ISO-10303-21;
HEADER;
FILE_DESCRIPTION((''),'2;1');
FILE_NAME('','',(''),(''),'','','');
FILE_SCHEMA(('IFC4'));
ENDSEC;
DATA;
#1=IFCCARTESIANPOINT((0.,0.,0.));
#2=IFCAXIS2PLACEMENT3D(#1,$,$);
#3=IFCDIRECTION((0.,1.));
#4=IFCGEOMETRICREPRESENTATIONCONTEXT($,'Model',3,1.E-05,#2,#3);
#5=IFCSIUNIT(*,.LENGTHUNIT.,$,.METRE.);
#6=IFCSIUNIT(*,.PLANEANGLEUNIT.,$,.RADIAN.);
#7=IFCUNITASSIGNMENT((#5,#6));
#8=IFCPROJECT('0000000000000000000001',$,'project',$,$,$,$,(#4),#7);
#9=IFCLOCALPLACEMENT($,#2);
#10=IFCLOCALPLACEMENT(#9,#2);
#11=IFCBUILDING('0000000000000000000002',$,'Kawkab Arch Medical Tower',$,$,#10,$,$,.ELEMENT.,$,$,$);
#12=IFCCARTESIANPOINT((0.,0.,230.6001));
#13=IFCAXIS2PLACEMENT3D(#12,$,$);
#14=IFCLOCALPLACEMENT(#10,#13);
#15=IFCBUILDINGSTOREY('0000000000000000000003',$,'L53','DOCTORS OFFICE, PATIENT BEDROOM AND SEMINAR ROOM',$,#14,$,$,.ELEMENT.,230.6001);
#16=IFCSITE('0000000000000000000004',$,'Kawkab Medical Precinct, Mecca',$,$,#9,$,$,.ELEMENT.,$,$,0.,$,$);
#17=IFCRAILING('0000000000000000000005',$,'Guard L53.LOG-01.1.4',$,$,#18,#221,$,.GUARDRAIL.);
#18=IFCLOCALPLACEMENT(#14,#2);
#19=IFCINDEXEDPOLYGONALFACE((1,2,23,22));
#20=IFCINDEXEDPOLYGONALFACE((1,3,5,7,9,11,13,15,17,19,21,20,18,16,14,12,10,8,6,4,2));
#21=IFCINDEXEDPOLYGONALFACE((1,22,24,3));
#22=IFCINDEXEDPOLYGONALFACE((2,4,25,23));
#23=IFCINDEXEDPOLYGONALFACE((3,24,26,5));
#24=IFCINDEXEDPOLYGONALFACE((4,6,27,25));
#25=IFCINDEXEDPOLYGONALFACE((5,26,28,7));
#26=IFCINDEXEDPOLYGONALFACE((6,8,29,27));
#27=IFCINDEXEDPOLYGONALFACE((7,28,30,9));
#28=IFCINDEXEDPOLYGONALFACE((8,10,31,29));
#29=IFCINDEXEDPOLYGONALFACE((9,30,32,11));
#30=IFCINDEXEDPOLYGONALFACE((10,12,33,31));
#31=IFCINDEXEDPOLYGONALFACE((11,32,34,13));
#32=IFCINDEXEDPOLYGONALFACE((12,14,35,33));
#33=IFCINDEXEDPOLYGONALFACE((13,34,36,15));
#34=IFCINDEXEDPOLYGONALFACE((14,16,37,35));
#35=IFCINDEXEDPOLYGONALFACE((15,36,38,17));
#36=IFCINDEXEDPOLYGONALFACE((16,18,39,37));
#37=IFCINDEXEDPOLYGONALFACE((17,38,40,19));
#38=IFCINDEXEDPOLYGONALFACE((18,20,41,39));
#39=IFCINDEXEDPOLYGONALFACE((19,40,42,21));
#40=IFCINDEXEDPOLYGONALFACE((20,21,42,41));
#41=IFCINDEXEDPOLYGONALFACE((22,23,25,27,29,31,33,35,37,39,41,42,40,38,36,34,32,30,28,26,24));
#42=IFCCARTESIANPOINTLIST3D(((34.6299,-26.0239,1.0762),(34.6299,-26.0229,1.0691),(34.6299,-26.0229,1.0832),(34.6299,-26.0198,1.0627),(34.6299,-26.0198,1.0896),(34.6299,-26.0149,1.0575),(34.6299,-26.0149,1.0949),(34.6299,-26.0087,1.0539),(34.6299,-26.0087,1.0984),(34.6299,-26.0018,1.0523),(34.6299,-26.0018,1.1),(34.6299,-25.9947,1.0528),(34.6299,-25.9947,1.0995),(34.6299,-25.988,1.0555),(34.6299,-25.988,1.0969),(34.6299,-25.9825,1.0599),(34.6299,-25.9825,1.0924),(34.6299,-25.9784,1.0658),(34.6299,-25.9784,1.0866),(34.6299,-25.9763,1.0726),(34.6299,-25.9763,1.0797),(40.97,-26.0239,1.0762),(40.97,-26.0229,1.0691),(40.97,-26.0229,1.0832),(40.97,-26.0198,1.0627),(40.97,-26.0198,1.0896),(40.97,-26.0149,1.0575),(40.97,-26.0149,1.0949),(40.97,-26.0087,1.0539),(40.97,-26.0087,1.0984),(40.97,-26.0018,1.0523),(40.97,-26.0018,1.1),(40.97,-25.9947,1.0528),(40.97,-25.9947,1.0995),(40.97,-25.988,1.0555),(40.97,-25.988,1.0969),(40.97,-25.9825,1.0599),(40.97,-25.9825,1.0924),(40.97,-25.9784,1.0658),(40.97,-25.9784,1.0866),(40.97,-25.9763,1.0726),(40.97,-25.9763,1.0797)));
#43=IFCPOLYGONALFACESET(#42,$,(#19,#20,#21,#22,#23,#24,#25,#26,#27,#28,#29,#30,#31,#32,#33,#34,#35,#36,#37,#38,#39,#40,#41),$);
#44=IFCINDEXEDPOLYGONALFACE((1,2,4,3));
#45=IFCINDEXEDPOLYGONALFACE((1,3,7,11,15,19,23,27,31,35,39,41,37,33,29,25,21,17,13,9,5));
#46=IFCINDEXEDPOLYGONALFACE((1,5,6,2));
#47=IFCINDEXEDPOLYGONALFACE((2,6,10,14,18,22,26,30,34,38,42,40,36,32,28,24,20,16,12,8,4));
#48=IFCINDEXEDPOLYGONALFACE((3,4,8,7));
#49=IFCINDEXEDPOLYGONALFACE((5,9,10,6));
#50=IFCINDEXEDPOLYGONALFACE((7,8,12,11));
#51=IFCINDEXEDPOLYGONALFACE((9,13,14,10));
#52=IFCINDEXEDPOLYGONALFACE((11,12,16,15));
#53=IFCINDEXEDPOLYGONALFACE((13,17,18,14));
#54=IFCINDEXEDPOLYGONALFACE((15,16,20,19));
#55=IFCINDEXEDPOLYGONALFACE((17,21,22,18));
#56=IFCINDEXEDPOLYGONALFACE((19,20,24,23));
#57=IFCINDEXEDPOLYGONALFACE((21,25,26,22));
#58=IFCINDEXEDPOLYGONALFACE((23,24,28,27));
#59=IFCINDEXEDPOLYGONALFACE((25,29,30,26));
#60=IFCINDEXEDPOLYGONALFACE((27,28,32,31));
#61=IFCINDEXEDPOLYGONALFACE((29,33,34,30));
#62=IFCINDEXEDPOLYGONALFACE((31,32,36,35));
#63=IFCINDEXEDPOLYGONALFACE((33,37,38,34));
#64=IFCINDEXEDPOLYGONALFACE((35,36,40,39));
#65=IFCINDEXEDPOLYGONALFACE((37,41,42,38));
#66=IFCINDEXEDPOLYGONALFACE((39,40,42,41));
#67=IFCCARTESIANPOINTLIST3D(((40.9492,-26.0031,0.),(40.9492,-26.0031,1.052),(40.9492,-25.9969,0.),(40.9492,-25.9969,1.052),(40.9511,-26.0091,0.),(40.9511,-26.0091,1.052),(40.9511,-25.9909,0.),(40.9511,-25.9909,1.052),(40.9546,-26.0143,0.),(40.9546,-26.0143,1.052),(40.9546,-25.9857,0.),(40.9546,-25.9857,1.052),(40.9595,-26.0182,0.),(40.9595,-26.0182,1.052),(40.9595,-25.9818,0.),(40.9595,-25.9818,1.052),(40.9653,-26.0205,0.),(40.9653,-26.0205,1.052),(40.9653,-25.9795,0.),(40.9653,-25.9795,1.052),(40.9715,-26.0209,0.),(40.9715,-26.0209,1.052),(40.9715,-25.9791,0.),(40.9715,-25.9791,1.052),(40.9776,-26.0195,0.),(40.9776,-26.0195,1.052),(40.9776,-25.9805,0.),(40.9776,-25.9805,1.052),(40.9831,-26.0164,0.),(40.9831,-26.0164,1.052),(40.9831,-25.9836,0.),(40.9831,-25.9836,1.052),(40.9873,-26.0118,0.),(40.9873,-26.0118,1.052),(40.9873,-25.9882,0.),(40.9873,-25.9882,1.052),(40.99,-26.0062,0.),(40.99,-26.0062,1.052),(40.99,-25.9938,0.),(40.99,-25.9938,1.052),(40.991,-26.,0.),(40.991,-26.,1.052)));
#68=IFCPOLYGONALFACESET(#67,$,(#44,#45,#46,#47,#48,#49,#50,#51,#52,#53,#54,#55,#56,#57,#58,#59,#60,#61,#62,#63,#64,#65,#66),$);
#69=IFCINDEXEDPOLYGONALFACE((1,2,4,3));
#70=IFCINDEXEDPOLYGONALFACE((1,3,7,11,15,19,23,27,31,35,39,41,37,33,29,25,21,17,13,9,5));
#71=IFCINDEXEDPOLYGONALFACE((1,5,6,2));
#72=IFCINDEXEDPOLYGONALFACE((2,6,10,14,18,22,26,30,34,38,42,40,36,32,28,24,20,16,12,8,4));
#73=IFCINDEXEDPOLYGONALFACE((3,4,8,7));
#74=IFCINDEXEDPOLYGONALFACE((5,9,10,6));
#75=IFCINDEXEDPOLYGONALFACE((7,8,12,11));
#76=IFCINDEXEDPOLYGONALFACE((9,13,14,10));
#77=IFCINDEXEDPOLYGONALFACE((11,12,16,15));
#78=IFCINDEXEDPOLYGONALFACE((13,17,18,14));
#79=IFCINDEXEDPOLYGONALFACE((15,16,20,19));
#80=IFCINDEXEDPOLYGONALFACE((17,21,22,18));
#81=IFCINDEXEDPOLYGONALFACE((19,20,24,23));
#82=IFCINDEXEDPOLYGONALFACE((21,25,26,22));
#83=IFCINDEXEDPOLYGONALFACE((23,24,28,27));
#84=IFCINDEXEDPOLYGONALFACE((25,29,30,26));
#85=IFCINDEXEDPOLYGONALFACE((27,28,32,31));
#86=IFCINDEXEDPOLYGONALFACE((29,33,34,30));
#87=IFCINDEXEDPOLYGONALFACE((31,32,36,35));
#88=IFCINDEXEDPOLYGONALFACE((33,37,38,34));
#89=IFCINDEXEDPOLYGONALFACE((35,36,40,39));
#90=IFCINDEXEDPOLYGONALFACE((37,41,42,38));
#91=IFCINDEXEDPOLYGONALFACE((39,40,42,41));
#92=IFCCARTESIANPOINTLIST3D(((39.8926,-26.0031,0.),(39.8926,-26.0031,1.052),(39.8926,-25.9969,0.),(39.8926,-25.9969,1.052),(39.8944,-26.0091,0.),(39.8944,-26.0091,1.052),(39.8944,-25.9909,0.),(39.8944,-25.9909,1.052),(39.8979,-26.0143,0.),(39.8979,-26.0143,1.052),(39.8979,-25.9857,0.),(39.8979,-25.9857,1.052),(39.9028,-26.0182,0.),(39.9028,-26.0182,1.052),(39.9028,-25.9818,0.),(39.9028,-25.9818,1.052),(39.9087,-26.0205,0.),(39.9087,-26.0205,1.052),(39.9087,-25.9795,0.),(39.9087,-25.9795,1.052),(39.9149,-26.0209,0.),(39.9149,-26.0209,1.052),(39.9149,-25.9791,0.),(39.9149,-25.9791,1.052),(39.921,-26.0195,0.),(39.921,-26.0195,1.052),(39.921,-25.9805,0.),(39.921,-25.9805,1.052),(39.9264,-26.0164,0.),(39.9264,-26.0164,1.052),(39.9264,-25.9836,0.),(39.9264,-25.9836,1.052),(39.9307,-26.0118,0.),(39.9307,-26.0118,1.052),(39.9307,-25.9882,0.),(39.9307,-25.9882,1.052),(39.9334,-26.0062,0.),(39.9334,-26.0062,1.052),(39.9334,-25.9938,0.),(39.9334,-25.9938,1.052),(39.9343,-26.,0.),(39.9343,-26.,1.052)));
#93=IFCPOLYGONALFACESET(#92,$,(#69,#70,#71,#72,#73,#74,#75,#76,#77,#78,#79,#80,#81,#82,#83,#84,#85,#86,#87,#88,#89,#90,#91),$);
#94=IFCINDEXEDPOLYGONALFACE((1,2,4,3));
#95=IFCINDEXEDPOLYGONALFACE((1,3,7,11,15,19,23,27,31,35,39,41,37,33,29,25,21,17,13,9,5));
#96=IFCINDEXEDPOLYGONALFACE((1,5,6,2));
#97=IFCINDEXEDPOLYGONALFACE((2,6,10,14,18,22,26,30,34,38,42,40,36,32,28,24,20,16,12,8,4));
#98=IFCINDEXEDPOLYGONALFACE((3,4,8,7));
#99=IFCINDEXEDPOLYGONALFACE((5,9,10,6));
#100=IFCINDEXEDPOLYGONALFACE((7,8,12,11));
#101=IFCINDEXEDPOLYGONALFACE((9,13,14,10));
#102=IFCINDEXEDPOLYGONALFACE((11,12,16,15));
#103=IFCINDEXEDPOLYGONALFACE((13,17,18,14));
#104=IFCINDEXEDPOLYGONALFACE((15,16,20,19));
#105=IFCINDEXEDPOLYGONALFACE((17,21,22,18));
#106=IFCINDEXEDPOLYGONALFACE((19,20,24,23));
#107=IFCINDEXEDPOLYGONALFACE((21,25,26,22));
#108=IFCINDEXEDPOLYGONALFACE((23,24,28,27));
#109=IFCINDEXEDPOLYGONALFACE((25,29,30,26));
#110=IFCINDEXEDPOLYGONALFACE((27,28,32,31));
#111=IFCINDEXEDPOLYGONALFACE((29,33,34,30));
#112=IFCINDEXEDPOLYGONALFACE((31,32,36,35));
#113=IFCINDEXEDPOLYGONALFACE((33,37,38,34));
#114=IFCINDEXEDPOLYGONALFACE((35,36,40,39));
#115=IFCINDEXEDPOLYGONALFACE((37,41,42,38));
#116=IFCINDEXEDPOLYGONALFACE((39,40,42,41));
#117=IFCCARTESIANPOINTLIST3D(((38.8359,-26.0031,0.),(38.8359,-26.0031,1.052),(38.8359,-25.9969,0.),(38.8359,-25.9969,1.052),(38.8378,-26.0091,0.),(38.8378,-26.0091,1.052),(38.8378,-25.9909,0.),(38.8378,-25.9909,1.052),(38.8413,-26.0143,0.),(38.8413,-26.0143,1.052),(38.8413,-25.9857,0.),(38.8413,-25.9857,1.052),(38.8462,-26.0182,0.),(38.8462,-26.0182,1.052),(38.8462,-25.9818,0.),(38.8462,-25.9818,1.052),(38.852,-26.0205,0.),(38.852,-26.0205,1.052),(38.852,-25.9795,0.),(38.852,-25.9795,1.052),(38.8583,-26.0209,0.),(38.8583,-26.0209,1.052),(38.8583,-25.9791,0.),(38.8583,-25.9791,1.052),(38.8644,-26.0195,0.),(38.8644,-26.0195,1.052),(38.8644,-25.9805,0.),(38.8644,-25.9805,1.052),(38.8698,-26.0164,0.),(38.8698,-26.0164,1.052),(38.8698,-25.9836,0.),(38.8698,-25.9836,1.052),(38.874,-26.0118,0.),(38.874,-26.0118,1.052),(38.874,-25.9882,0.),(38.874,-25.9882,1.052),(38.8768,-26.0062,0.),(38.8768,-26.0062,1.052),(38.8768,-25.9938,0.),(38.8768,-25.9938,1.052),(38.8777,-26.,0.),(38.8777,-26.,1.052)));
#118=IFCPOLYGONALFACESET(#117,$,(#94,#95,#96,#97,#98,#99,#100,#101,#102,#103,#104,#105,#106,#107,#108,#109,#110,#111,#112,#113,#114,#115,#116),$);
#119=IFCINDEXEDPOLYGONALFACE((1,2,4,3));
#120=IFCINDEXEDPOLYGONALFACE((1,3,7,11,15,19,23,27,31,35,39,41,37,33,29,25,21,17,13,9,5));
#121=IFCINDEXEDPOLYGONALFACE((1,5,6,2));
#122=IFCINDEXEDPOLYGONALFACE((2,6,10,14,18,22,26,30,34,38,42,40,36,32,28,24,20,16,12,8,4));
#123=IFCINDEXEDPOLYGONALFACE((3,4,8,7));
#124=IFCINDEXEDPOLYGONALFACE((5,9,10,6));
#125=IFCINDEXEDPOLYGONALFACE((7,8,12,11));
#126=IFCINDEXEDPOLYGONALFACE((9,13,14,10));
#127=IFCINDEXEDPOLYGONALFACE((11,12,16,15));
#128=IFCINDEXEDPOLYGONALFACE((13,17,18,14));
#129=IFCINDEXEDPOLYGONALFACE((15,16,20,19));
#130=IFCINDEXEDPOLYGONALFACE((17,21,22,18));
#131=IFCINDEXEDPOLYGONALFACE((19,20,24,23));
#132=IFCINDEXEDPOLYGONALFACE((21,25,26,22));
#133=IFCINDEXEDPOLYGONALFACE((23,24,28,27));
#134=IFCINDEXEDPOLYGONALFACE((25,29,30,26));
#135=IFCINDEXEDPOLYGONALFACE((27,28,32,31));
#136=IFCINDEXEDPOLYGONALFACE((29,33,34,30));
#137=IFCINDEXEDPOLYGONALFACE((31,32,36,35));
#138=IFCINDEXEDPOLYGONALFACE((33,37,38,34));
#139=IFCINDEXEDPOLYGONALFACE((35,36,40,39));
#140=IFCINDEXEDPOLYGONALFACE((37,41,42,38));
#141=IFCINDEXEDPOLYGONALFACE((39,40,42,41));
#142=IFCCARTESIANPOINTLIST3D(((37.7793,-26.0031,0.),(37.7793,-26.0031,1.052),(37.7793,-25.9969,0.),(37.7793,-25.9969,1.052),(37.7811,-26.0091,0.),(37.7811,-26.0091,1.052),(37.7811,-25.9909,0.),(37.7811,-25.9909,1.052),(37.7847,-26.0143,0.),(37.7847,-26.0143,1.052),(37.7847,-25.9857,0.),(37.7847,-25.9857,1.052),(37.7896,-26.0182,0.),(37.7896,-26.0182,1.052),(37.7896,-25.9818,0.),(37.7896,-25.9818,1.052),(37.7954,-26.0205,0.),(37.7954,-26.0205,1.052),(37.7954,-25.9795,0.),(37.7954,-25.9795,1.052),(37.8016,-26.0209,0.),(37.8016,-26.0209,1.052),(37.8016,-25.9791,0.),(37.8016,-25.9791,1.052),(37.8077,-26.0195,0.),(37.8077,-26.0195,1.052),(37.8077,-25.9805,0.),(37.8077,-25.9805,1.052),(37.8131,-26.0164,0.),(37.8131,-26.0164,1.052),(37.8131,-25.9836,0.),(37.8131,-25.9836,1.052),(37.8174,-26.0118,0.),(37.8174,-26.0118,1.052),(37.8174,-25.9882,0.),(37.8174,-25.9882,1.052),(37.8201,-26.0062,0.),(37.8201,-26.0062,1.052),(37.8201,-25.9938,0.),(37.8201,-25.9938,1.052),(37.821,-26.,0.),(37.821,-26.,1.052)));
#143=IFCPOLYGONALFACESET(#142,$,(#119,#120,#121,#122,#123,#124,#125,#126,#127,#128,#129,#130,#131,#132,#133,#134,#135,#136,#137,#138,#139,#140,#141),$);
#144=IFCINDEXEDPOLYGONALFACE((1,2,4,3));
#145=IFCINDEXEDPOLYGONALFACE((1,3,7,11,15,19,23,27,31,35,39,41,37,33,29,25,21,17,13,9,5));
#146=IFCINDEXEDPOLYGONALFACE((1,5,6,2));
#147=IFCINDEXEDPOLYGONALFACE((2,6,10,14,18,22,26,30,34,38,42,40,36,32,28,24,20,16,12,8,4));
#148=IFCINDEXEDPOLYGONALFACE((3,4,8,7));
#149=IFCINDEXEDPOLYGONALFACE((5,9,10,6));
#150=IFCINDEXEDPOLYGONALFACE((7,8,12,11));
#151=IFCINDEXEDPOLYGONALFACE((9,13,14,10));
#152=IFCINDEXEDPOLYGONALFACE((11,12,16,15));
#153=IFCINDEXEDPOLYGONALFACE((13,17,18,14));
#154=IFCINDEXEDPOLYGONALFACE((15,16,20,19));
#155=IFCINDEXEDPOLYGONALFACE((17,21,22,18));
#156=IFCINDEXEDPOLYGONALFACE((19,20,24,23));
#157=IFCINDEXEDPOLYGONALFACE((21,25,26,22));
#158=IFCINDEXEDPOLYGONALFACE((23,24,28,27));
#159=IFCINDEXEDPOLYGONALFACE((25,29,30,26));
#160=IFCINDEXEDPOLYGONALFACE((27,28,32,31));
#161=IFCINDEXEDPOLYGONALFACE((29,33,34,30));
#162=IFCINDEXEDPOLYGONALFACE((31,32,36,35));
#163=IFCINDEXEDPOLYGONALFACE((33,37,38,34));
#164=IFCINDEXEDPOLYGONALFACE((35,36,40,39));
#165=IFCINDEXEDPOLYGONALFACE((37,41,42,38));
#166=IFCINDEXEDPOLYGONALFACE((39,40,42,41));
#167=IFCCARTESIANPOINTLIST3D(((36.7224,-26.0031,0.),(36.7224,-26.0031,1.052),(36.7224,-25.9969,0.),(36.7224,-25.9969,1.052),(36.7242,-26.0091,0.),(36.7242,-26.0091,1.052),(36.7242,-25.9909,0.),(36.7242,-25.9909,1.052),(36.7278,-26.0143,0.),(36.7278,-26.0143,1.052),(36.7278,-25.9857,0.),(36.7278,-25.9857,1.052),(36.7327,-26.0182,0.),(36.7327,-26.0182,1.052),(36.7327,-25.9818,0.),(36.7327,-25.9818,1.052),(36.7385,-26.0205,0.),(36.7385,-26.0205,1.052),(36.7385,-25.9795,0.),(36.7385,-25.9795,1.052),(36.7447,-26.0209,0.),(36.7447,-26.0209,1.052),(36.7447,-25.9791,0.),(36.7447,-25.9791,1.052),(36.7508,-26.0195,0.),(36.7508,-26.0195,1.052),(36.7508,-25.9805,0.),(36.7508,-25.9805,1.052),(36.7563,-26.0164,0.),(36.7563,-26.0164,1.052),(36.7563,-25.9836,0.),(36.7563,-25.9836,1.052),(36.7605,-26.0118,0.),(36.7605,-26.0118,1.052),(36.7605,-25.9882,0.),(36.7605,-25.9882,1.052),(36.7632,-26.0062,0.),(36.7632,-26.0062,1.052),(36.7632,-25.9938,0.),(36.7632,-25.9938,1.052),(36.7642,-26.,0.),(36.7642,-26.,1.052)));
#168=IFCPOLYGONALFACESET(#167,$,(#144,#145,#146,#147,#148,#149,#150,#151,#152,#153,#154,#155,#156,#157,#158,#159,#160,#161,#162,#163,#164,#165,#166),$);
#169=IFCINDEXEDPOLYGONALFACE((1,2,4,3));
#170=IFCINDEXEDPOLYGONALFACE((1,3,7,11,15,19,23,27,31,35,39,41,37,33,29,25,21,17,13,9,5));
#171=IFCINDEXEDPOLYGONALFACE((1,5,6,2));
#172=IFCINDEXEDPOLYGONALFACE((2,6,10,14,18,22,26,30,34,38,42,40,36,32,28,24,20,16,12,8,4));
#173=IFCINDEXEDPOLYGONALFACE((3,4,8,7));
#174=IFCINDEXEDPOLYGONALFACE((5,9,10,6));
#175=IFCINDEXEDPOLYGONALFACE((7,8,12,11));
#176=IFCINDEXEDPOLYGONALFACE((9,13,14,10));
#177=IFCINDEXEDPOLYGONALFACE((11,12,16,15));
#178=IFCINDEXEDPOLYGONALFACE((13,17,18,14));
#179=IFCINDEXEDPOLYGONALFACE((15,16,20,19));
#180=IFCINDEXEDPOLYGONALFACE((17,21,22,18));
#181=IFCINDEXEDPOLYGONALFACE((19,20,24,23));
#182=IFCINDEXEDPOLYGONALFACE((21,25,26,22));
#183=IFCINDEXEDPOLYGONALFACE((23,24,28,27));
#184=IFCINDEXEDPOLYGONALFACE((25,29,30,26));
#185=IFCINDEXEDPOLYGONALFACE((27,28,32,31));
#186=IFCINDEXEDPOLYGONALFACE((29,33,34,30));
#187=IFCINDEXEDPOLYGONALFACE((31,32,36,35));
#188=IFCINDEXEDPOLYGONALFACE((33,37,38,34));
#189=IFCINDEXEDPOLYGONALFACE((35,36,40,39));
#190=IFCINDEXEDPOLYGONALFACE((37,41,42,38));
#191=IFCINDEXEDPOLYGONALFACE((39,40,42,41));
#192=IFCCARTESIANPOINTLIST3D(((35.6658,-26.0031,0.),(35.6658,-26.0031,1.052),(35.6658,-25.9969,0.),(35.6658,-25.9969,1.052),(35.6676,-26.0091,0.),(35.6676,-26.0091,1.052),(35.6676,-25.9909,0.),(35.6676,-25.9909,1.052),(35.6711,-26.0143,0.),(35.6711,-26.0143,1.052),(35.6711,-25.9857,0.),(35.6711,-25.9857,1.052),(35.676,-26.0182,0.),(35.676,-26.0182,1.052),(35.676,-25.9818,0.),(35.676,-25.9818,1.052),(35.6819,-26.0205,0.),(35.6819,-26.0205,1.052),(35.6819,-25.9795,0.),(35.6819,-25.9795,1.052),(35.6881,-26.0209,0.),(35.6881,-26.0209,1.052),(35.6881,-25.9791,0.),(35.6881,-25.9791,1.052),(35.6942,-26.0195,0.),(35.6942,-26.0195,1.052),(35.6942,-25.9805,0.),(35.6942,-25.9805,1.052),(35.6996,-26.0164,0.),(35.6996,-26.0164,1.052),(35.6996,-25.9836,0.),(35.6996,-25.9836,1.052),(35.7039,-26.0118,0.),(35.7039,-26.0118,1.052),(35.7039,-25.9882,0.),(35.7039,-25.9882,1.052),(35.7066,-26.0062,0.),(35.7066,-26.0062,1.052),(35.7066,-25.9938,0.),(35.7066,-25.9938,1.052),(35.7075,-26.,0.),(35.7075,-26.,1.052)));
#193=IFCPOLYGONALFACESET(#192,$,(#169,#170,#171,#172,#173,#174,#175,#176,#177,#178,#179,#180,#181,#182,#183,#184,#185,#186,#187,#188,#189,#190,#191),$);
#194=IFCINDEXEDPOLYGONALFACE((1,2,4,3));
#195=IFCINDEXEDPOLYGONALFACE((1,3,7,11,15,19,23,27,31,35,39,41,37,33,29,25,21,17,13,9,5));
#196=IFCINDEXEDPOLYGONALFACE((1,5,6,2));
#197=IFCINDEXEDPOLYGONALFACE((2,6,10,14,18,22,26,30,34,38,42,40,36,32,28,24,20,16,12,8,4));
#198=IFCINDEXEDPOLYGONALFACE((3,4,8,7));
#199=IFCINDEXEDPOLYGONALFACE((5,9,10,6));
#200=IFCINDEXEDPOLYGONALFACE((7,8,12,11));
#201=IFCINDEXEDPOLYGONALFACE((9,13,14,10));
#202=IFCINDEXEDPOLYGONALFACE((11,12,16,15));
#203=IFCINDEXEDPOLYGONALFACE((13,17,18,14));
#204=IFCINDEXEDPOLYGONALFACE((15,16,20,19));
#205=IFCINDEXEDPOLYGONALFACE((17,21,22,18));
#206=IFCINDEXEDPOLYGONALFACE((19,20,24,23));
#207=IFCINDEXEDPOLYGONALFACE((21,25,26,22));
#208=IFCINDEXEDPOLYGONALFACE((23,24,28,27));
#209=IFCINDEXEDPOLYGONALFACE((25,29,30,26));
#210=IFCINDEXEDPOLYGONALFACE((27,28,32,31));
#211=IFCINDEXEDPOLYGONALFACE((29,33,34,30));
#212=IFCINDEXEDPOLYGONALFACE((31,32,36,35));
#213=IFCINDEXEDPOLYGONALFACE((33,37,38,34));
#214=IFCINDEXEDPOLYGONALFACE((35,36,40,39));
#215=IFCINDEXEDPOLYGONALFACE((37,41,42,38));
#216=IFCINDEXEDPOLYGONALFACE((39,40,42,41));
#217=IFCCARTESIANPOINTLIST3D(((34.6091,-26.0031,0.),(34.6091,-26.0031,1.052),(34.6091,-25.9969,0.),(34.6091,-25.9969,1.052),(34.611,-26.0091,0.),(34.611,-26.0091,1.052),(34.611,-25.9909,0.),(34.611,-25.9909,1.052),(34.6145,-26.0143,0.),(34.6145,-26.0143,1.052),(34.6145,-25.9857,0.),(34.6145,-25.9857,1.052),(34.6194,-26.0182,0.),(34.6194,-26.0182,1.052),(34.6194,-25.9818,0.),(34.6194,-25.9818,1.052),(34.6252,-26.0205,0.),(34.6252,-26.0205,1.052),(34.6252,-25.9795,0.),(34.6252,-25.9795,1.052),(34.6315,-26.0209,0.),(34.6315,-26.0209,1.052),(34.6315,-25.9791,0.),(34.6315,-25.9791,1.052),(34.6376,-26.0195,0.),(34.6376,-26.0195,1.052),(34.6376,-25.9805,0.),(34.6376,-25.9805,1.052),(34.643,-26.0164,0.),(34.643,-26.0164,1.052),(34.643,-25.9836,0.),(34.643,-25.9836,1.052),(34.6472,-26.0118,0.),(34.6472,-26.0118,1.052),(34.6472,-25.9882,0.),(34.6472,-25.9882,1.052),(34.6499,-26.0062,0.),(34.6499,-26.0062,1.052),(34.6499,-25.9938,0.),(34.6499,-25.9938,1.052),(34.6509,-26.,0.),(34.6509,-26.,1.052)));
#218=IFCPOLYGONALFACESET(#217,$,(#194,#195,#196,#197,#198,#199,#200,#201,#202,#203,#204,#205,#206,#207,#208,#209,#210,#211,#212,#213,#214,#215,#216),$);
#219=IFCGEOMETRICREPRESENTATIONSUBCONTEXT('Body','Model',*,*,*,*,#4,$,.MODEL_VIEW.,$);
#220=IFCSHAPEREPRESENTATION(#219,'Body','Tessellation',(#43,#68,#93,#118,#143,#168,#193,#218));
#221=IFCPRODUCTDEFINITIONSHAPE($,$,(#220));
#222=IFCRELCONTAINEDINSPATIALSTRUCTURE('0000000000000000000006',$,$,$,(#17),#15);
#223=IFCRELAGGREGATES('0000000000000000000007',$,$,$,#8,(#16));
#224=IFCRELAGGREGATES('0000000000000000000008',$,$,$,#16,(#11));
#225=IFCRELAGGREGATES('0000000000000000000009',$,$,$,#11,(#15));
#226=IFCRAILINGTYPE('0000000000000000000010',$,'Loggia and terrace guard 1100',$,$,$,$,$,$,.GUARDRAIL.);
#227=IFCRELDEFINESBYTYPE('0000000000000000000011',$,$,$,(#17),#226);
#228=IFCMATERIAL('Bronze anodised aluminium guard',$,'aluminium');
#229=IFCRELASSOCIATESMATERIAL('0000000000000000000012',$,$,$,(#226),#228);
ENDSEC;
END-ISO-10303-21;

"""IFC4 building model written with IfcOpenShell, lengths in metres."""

from ifc_helpers import new_model, si_unit, direction, frame, origin, origin_2d, place, context, subcontext, project, spatial, circle, extrude, material, type_object, element, save


model = new_model("IFC4")

# Units and contexts
model_context = context("Model", 3, precision=1e-05, world=origin(), true_north=direction((0.0, 1.0)))
body_context = subcontext(model_context, "Body", "Model", "MODEL_VIEW")
ifc_project = project(units=[si_unit("LENGTHUNIT", "METRE"), si_unit("PLANEANGLEUNIT", "RADIAN")], contexts=[model_context])

# Site, building, storey
site_placement = place(None, origin())
site = spatial("IfcSite", under=ifc_project, at=site_placement, Name="Kawkab Medical Precinct, Mecca", CompositionType="ELEMENT", RefElevation=0.0)
building_placement = place(site_placement, origin())
building = spatial("IfcBuilding", under=site, at=building_placement, Name="Kawkab Arch Medical Tower", CompositionType="ELEMENT")
storey_placement = place(building_placement, frame((0.0, 0.0, 230.6001)))
storey = spatial("IfcBuildingStorey", under=building, at=storey_placement, Name="L53", Description="DOCTORS OFFICE, PATIENT BEDROOM AND SEMINAR ROOM", CompositionType="ELEMENT", Elevation=230.6001)

# Railing
ifc_material_1 = material(Name="Bronze anodised aluminium guard", Category="aluminium")
railing_type = type_object("IfcRailingType", Name="Loggia and terrace guard 1100", PredefinedType="GUARDRAIL", material=ifc_material_1)
railing_1_placement = place(storey_placement, frame((40.97, -26.0, 0.0)))
element("IfcRailing", 1, at=railing_1_placement, inside=storey, type_object=railing_type, Name="Guard L53.LOG-01.1.4", PredefinedType="GUARDRAIL", context=body_context, shape_type="SweptSolid", body=[
    extrude(circle(Radius=0.0239, at=origin_2d()), frame((0.0, 0.0, 1.0762), z_axis=(-1.0, 0.0, 0.0), x_axis=(0.0, -1.0, 0.0)), (0.0, 0.0, 1.0), 6.3401),
    extrude(circle(Radius=0.021, at=origin_2d()), origin(), (0.0, 0.0, 1.0), 1.052),
    extrude(circle(Radius=0.021, at=origin_2d()), frame((-1.0566, 0.0, 0.0)), (0.0, 0.0, 1.0), 1.052),
    extrude(circle(Radius=0.021, at=origin_2d()), frame((-2.1133, 0.0, 0.0)), (0.0, 0.0, 1.0), 1.052),
    extrude(circle(Radius=0.021, at=origin_2d()), frame((-3.1699, 0.0, 0.0)), (0.0, 0.0, 1.0), 1.052),
    extrude(circle(Radius=0.021, at=origin_2d()), frame((-4.2268, 0.0, 0.0)), (0.0, 0.0, 1.0), 1.052),
    extrude(circle(Radius=0.021, at=origin_2d()), frame((-5.2834, 0.0, 0.0)), (0.0, 0.0, 1.0), 1.052),
    extrude(circle(Radius=0.021, at=origin_2d()), frame((-6.3401, 0.0, 0.0)), (0.0, 0.0, 1.0), 1.052),
])

save(model, "model.ifc")
